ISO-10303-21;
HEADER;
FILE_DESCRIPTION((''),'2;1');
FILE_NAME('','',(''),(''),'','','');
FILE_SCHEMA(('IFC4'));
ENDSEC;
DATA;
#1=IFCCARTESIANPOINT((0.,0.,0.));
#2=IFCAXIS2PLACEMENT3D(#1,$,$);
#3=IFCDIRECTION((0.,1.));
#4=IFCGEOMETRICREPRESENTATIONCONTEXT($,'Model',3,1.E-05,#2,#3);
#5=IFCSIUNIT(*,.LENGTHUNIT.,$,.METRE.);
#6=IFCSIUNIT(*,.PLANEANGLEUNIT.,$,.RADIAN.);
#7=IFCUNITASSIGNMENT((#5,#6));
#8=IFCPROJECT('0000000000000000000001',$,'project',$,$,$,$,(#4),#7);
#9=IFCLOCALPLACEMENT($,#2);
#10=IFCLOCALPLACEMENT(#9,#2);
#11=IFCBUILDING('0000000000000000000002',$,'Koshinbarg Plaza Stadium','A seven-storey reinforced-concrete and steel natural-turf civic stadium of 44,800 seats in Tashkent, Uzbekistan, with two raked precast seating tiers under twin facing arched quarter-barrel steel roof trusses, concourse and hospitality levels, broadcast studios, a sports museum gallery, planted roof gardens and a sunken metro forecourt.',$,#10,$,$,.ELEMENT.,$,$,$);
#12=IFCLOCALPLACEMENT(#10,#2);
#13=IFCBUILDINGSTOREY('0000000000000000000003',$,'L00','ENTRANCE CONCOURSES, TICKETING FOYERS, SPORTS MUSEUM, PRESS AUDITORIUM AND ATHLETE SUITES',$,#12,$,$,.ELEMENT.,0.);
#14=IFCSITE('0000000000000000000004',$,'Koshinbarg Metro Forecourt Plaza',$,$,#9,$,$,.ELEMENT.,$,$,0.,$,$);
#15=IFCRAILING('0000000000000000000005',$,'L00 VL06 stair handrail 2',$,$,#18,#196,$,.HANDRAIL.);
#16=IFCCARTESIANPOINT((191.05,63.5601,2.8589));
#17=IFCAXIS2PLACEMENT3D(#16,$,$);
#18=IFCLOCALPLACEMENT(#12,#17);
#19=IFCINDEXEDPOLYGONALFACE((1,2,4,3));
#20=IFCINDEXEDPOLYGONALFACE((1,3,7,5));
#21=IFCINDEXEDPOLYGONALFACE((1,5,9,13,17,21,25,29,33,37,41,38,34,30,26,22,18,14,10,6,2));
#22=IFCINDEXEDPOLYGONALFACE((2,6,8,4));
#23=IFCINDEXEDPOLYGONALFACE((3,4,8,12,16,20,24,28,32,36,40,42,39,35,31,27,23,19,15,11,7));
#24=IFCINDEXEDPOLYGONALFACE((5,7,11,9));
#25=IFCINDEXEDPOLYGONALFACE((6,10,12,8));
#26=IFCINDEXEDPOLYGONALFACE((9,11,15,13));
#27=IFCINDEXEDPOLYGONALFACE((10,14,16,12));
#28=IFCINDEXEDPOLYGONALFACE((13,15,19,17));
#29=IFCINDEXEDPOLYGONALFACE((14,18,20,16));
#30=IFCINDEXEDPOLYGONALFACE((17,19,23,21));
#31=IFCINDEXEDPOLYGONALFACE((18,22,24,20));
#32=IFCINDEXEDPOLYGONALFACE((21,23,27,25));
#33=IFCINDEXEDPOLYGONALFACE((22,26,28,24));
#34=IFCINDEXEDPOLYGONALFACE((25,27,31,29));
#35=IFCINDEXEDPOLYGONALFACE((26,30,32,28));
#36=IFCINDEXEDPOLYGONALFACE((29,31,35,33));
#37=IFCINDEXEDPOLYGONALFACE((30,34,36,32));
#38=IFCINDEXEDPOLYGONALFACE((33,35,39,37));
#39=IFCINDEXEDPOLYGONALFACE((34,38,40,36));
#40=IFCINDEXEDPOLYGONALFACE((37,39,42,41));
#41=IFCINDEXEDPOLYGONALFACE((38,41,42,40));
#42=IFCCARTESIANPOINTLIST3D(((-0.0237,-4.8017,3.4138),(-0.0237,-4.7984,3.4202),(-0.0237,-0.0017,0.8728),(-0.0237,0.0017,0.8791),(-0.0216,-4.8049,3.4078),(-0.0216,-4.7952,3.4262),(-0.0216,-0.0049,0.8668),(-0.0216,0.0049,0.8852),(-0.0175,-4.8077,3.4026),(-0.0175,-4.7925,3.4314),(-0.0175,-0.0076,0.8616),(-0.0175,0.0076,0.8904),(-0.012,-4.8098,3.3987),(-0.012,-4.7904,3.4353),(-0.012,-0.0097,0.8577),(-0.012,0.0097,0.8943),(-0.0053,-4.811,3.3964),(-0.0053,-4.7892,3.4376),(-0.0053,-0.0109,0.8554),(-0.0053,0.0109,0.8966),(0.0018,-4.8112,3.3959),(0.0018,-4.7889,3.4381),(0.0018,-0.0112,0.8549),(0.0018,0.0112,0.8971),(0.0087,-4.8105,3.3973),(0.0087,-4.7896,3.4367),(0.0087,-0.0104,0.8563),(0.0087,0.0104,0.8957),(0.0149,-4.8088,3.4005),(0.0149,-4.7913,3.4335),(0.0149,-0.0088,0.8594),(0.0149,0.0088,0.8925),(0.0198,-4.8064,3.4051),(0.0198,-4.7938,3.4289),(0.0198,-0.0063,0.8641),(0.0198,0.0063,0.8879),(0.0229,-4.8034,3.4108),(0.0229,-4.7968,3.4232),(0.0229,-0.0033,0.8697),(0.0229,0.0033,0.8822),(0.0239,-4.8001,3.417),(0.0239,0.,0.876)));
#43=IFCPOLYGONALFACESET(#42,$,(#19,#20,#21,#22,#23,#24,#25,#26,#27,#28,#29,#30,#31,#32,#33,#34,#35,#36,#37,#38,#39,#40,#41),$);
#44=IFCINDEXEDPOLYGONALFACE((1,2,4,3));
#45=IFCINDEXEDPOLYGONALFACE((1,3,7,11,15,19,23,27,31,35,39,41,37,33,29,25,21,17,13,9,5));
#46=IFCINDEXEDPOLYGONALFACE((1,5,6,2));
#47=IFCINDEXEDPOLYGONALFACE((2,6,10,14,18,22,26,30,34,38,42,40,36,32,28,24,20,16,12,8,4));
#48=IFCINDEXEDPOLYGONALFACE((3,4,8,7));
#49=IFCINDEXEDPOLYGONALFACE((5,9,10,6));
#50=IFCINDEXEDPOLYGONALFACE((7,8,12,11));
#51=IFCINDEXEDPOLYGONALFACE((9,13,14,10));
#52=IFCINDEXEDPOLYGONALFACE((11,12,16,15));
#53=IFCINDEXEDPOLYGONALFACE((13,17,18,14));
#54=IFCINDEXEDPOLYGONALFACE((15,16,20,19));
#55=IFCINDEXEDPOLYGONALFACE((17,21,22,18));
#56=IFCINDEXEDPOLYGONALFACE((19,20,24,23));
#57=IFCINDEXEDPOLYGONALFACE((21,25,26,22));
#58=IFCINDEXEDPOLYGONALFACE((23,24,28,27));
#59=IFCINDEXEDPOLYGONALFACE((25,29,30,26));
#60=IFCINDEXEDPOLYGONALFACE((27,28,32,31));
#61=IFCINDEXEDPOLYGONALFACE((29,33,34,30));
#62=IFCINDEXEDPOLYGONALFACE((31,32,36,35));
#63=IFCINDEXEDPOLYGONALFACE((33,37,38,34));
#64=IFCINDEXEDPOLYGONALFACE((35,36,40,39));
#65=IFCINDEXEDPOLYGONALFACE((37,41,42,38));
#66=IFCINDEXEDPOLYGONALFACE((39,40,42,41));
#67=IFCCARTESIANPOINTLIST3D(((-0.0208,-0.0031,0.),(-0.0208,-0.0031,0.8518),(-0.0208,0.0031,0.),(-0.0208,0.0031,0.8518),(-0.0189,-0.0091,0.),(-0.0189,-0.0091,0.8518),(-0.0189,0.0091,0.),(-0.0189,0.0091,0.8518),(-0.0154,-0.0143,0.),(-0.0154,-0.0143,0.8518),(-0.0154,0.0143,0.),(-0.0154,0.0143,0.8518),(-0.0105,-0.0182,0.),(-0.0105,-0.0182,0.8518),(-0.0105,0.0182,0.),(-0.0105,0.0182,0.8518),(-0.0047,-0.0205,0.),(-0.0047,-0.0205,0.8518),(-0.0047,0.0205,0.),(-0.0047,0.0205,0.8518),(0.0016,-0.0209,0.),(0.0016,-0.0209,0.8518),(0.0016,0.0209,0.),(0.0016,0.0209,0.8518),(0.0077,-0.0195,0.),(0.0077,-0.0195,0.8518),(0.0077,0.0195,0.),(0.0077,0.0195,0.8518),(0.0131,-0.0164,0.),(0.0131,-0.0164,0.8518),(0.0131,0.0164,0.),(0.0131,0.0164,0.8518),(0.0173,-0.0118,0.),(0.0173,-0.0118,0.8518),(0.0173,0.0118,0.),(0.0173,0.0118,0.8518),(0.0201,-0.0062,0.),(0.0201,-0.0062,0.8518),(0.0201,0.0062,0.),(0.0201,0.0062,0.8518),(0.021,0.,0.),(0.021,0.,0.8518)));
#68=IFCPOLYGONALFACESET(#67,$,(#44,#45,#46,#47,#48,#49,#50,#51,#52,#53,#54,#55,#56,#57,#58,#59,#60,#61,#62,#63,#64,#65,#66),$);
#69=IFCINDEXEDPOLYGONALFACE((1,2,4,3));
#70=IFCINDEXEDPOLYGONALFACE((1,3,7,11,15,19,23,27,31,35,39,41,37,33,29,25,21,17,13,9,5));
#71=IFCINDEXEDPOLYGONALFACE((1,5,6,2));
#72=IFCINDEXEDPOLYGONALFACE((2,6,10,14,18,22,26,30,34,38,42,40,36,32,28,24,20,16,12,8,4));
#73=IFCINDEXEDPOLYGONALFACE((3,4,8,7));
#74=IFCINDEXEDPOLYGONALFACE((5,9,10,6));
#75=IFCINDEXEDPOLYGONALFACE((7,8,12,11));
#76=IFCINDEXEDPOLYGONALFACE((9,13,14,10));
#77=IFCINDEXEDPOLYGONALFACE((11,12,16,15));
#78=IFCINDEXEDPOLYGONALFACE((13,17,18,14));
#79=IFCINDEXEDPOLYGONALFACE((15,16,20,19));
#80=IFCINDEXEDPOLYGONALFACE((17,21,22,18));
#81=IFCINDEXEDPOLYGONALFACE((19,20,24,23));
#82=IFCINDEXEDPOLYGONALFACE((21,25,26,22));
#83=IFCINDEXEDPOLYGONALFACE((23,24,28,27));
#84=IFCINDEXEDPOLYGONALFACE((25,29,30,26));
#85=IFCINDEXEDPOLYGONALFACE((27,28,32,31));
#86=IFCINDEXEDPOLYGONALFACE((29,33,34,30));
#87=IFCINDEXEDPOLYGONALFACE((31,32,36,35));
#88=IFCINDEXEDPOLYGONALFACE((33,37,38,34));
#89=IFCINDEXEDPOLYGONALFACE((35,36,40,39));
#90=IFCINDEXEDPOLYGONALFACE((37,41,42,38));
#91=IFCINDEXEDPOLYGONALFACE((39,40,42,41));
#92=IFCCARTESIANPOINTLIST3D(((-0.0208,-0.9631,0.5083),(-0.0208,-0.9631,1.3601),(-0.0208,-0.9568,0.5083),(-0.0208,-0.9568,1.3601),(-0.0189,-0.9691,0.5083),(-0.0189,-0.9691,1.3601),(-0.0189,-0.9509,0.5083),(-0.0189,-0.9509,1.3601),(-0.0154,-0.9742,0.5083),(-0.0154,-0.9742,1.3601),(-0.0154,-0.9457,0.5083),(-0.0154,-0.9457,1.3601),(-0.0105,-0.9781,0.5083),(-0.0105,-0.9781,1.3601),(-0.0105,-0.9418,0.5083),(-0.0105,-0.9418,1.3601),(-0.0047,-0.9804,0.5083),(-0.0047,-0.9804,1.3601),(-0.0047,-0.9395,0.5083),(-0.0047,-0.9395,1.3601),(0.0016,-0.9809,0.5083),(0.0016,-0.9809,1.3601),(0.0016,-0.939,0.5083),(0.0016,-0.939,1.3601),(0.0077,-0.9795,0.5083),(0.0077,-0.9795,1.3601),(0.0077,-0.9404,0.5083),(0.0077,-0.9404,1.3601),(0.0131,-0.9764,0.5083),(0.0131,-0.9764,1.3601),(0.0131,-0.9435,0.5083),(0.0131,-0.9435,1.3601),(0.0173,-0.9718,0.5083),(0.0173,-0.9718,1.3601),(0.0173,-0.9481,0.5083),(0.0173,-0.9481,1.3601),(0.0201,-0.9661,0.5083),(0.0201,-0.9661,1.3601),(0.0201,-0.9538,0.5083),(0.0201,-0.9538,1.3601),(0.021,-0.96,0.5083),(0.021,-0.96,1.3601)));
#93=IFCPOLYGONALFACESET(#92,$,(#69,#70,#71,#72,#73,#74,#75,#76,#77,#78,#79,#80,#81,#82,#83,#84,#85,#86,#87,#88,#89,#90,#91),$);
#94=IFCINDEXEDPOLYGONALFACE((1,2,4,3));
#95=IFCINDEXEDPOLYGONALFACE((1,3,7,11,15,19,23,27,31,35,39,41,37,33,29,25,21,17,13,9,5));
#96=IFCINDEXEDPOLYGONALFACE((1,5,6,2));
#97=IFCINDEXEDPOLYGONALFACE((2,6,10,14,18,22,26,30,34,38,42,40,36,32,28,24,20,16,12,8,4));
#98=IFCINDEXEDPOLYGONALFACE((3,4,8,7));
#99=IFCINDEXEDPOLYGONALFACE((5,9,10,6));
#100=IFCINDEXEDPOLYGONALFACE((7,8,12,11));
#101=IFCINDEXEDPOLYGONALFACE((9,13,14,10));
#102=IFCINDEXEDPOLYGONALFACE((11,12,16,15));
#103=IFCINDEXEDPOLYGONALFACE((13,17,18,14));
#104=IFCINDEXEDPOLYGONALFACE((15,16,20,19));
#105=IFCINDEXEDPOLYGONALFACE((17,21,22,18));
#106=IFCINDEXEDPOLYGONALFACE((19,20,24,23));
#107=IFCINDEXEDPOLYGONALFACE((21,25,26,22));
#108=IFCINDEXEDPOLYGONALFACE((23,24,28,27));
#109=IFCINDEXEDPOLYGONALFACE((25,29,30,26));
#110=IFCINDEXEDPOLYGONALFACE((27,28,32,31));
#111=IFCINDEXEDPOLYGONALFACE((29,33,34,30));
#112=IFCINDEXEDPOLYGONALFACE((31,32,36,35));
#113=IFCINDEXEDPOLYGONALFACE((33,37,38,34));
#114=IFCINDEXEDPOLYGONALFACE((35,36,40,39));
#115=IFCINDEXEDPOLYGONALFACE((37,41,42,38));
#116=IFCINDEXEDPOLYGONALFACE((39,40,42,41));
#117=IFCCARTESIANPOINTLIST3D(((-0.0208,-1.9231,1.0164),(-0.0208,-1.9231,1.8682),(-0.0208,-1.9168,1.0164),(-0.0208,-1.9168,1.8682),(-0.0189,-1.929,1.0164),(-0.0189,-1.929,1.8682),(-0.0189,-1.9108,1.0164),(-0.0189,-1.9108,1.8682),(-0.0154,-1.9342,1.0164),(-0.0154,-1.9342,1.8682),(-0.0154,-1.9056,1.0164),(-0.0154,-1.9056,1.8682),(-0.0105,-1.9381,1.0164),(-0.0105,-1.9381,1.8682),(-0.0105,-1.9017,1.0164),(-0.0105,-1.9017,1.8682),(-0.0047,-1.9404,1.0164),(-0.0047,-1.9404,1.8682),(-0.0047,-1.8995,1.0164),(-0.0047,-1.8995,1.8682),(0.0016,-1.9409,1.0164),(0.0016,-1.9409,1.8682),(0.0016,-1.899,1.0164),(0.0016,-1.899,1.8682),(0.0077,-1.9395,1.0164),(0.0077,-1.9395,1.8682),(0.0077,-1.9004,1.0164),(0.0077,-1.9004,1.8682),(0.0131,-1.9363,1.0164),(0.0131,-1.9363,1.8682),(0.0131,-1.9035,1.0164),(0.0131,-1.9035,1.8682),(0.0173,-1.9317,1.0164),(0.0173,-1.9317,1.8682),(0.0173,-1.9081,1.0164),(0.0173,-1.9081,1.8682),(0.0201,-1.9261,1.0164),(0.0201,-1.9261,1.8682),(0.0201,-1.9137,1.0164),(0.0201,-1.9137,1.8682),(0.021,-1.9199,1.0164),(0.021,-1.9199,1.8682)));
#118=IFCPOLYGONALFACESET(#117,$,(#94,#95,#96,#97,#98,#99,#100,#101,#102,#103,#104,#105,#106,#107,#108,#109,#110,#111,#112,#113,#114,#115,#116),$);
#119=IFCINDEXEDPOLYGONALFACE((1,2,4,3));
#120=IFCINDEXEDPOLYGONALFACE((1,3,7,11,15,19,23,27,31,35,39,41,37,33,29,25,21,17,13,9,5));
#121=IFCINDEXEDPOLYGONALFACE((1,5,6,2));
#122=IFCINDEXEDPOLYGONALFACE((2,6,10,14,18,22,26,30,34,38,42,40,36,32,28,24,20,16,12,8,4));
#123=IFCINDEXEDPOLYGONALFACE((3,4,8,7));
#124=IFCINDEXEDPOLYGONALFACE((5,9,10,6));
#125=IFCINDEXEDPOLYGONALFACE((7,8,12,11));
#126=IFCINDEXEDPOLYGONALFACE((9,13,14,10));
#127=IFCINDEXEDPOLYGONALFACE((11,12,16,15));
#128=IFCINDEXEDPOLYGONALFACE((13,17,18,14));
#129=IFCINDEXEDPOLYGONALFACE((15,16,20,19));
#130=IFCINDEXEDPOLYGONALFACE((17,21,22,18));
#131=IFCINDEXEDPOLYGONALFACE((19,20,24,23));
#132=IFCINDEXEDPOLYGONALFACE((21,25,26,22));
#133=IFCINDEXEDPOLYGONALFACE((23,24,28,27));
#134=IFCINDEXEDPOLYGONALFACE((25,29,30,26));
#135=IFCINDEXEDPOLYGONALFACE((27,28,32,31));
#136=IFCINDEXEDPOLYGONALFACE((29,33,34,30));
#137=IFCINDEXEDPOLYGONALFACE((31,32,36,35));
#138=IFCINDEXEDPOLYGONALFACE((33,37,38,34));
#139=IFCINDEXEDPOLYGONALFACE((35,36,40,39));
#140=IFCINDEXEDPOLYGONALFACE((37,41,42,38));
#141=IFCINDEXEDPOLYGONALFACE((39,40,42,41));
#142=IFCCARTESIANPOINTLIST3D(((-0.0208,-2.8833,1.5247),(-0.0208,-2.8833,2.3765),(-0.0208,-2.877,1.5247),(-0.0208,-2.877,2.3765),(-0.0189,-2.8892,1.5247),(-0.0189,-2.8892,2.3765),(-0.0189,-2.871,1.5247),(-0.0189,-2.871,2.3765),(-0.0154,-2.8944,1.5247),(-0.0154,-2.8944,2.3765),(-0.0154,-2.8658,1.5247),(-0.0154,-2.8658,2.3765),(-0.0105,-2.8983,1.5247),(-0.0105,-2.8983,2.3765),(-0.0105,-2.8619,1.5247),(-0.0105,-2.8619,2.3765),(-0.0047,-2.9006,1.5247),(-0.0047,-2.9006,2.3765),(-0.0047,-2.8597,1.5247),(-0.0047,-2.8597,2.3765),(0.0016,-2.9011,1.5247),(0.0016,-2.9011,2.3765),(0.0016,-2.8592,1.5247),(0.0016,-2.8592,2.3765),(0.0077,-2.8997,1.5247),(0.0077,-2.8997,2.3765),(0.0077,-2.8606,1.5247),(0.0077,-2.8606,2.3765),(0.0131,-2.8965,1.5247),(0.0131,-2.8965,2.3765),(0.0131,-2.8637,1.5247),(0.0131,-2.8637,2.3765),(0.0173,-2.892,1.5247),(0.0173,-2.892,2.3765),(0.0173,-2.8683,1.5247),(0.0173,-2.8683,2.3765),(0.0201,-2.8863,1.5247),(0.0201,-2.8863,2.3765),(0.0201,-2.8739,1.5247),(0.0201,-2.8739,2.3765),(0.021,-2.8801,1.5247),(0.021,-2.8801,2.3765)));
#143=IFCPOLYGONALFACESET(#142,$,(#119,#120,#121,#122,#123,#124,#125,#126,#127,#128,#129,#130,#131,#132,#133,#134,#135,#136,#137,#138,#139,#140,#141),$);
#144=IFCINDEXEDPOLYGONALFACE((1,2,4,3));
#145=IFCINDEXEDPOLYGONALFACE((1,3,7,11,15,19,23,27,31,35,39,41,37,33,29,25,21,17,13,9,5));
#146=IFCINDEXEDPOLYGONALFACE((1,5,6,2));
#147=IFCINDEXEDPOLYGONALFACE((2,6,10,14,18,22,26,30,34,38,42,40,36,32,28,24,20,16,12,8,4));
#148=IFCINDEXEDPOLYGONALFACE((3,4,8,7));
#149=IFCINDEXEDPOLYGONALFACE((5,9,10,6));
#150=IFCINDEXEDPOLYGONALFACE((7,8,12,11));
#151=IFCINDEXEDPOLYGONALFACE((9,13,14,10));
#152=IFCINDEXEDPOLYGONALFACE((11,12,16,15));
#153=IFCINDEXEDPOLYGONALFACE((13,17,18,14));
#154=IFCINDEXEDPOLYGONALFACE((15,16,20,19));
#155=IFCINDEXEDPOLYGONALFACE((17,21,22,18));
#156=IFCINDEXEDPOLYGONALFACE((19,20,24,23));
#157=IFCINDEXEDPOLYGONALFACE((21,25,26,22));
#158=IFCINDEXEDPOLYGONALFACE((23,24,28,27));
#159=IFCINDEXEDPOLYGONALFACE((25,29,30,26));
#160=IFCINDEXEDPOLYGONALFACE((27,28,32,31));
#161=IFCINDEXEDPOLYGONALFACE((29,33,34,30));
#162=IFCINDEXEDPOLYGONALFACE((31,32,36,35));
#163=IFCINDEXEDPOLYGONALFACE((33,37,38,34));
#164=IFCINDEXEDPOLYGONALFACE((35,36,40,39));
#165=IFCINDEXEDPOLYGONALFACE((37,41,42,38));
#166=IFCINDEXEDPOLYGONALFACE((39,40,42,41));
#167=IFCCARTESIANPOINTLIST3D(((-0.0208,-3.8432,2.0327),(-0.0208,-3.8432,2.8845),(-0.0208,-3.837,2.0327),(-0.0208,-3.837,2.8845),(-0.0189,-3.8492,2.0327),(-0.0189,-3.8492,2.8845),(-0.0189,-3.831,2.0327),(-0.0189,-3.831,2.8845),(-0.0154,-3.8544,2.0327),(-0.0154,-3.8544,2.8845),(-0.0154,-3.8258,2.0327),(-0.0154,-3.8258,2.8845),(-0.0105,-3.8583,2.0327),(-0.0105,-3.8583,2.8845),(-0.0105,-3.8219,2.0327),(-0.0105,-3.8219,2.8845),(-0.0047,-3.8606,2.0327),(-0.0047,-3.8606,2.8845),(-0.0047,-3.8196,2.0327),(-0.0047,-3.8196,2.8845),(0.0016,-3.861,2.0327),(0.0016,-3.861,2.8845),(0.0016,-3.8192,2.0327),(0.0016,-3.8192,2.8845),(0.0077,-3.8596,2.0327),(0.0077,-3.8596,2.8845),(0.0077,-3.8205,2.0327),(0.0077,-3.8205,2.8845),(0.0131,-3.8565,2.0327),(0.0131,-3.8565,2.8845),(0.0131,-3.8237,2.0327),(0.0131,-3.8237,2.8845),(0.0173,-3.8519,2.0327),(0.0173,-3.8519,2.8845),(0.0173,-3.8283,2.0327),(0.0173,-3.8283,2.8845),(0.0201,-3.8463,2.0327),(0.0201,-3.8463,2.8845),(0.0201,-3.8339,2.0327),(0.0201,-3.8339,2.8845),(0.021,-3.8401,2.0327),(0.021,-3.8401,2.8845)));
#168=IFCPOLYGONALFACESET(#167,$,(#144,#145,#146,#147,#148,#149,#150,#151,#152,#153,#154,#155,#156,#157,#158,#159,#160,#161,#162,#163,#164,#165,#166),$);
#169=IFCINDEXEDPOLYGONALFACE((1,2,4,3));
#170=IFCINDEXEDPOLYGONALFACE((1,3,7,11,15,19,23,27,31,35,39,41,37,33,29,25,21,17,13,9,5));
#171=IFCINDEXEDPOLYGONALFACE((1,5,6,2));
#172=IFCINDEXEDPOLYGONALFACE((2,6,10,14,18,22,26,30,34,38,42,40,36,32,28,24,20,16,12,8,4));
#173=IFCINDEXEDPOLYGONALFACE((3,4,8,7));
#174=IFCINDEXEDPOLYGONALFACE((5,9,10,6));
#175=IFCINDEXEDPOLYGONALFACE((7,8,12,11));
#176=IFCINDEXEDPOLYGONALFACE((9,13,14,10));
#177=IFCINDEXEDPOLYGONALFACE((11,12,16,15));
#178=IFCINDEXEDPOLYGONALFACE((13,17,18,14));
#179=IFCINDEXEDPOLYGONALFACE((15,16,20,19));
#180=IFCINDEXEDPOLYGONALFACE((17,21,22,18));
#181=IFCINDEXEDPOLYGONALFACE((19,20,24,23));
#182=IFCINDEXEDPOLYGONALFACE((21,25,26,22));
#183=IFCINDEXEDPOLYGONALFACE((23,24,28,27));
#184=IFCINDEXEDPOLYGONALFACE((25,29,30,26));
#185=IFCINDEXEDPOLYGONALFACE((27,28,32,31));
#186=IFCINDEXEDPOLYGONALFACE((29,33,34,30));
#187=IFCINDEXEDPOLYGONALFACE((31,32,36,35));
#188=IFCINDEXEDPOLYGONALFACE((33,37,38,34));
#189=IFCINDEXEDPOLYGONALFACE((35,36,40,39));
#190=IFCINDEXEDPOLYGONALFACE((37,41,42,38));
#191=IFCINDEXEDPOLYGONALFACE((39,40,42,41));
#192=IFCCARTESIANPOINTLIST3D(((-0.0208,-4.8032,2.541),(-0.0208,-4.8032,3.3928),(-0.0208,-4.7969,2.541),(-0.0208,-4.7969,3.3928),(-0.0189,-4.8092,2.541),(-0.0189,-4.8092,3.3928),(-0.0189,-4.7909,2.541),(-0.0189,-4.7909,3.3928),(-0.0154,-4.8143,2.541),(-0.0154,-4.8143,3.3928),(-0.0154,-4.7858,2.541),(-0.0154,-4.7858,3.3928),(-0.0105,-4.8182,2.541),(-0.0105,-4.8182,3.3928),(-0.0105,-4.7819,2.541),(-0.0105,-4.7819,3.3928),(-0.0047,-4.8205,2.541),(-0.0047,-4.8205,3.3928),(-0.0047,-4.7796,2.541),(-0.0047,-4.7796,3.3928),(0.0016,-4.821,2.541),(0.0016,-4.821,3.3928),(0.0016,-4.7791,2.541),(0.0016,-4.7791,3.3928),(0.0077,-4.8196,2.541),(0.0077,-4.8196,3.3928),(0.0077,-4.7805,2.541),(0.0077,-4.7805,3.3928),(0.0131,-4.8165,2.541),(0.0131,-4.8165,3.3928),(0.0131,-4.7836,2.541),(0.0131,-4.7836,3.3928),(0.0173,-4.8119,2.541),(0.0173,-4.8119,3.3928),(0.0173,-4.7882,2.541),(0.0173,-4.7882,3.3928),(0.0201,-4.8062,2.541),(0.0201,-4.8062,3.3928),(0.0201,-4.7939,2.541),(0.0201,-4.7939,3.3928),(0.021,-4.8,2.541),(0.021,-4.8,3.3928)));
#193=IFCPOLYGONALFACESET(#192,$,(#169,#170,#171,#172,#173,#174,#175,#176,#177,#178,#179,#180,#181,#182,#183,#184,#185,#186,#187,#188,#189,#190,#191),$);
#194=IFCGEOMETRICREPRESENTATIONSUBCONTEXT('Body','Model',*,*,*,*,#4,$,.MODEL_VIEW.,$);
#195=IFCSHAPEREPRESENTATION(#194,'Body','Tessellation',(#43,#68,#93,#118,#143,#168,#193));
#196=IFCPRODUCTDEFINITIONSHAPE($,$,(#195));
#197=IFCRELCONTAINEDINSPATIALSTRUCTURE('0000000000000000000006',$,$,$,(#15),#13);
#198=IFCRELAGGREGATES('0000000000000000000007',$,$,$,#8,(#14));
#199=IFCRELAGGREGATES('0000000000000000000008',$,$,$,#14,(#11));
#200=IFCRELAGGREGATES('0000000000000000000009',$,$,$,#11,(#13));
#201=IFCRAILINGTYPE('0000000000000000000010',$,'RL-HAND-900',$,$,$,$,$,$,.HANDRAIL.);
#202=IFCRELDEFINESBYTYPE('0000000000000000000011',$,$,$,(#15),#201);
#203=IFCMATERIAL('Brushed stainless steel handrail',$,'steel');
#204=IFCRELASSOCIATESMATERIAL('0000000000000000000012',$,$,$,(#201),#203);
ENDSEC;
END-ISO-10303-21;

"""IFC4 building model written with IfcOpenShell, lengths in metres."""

from ifc_helpers import new_model, si_unit, direction, frame, origin, origin_2d, place, context, subcontext, project, spatial, circle, extrude, material, type_object, element, save


model = new_model("IFC4")

# Units and contexts
model_context = context("Model", 3, precision=1e-05, world=origin(), true_north=direction((0.0, 1.0)))
body_context = subcontext(model_context, "Body", "Model", "MODEL_VIEW")
ifc_project = project(units=[si_unit("LENGTHUNIT", "METRE"), si_unit("PLANEANGLEUNIT", "RADIAN")], contexts=[model_context])

# Site, building, storey
site_placement = place(None, origin())
site = spatial("IfcSite", under=ifc_project, at=site_placement, Name="Koshinbarg Metro Forecourt Plaza", CompositionType="ELEMENT", RefElevation=0.0)
building_placement = place(site_placement, origin())
building = spatial("IfcBuilding", under=site, at=building_placement, Name="Koshinbarg Plaza Stadium", Description="A seven-storey reinforced-concrete and steel natural-turf civic stadium of 44,800 seats in Tashkent, Uzbekistan, with two raked precast seating tiers under twin facing arched quarter-barrel steel roof trusses, concourse and hospitality levels, broadcast studios, a sports museum gallery, planted roof gardens and a sunken metro forecourt.", CompositionType="ELEMENT")
storey_placement = place(building_placement, origin())
storey = spatial("IfcBuildingStorey", under=building, at=storey_placement, Name="L00", Description="ENTRANCE CONCOURSES, TICKETING FOYERS, SPORTS MUSEUM, PRESS AUDITORIUM AND ATHLETE SUITES", CompositionType="ELEMENT", Elevation=0.0)

# Railing
ifc_material_1 = material(Name="Brushed stainless steel handrail", Category="steel")
railing_type_1 = type_object("IfcRailingType", Name="RL-HAND-900", PredefinedType="HANDRAIL", material=ifc_material_1)
railing_1_placement = place(storey_placement, frame((191.05, 63.5601, 2.8589)))
element("IfcRailing", 1, at=railing_1_placement, inside=storey, type_object=railing_type_1, Name="L00 VL06 stair handrail 2", PredefinedType="HANDRAIL", context=body_context, shape_type="SweptSolid", body=[
    extrude(circle(Radius=0.0239, at=origin_2d()), frame((0.0, 0.0, 0.876), z_axis=(0.0, -0.883802, 0.467861), x_axis=(1.0, 0.0, 0.0)), (0.0, 0.0, 1.0), 5.4312),
    extrude(circle(Radius=0.021, at=origin_2d()), origin(), (0.0, 0.0, 1.0), 0.8518),
    extrude(circle(Radius=0.021, at=origin_2d()), frame((0.0, -0.96, 0.5083)), (0.0, 0.0, 1.0), 0.8518),
    extrude(circle(Radius=0.021, at=origin_2d()), frame((0.0, -1.9199, 1.0164)), (0.0, 0.0, 1.0), 0.8518),
    extrude(circle(Radius=0.021, at=origin_2d()), frame((0.0, -2.8801, 1.5247)), (0.0, 0.0, 1.0), 0.8518),
    extrude(circle(Radius=0.021, at=origin_2d()), frame((0.0, -3.8401, 2.0327)), (0.0, 0.0, 1.0), 0.8518),
    extrude(circle(Radius=0.021, at=origin_2d()), frame((0.0, -4.8, 2.541)), (0.0, 0.0, 1.0), 0.8518),
])

save(model, "model.ifc")
